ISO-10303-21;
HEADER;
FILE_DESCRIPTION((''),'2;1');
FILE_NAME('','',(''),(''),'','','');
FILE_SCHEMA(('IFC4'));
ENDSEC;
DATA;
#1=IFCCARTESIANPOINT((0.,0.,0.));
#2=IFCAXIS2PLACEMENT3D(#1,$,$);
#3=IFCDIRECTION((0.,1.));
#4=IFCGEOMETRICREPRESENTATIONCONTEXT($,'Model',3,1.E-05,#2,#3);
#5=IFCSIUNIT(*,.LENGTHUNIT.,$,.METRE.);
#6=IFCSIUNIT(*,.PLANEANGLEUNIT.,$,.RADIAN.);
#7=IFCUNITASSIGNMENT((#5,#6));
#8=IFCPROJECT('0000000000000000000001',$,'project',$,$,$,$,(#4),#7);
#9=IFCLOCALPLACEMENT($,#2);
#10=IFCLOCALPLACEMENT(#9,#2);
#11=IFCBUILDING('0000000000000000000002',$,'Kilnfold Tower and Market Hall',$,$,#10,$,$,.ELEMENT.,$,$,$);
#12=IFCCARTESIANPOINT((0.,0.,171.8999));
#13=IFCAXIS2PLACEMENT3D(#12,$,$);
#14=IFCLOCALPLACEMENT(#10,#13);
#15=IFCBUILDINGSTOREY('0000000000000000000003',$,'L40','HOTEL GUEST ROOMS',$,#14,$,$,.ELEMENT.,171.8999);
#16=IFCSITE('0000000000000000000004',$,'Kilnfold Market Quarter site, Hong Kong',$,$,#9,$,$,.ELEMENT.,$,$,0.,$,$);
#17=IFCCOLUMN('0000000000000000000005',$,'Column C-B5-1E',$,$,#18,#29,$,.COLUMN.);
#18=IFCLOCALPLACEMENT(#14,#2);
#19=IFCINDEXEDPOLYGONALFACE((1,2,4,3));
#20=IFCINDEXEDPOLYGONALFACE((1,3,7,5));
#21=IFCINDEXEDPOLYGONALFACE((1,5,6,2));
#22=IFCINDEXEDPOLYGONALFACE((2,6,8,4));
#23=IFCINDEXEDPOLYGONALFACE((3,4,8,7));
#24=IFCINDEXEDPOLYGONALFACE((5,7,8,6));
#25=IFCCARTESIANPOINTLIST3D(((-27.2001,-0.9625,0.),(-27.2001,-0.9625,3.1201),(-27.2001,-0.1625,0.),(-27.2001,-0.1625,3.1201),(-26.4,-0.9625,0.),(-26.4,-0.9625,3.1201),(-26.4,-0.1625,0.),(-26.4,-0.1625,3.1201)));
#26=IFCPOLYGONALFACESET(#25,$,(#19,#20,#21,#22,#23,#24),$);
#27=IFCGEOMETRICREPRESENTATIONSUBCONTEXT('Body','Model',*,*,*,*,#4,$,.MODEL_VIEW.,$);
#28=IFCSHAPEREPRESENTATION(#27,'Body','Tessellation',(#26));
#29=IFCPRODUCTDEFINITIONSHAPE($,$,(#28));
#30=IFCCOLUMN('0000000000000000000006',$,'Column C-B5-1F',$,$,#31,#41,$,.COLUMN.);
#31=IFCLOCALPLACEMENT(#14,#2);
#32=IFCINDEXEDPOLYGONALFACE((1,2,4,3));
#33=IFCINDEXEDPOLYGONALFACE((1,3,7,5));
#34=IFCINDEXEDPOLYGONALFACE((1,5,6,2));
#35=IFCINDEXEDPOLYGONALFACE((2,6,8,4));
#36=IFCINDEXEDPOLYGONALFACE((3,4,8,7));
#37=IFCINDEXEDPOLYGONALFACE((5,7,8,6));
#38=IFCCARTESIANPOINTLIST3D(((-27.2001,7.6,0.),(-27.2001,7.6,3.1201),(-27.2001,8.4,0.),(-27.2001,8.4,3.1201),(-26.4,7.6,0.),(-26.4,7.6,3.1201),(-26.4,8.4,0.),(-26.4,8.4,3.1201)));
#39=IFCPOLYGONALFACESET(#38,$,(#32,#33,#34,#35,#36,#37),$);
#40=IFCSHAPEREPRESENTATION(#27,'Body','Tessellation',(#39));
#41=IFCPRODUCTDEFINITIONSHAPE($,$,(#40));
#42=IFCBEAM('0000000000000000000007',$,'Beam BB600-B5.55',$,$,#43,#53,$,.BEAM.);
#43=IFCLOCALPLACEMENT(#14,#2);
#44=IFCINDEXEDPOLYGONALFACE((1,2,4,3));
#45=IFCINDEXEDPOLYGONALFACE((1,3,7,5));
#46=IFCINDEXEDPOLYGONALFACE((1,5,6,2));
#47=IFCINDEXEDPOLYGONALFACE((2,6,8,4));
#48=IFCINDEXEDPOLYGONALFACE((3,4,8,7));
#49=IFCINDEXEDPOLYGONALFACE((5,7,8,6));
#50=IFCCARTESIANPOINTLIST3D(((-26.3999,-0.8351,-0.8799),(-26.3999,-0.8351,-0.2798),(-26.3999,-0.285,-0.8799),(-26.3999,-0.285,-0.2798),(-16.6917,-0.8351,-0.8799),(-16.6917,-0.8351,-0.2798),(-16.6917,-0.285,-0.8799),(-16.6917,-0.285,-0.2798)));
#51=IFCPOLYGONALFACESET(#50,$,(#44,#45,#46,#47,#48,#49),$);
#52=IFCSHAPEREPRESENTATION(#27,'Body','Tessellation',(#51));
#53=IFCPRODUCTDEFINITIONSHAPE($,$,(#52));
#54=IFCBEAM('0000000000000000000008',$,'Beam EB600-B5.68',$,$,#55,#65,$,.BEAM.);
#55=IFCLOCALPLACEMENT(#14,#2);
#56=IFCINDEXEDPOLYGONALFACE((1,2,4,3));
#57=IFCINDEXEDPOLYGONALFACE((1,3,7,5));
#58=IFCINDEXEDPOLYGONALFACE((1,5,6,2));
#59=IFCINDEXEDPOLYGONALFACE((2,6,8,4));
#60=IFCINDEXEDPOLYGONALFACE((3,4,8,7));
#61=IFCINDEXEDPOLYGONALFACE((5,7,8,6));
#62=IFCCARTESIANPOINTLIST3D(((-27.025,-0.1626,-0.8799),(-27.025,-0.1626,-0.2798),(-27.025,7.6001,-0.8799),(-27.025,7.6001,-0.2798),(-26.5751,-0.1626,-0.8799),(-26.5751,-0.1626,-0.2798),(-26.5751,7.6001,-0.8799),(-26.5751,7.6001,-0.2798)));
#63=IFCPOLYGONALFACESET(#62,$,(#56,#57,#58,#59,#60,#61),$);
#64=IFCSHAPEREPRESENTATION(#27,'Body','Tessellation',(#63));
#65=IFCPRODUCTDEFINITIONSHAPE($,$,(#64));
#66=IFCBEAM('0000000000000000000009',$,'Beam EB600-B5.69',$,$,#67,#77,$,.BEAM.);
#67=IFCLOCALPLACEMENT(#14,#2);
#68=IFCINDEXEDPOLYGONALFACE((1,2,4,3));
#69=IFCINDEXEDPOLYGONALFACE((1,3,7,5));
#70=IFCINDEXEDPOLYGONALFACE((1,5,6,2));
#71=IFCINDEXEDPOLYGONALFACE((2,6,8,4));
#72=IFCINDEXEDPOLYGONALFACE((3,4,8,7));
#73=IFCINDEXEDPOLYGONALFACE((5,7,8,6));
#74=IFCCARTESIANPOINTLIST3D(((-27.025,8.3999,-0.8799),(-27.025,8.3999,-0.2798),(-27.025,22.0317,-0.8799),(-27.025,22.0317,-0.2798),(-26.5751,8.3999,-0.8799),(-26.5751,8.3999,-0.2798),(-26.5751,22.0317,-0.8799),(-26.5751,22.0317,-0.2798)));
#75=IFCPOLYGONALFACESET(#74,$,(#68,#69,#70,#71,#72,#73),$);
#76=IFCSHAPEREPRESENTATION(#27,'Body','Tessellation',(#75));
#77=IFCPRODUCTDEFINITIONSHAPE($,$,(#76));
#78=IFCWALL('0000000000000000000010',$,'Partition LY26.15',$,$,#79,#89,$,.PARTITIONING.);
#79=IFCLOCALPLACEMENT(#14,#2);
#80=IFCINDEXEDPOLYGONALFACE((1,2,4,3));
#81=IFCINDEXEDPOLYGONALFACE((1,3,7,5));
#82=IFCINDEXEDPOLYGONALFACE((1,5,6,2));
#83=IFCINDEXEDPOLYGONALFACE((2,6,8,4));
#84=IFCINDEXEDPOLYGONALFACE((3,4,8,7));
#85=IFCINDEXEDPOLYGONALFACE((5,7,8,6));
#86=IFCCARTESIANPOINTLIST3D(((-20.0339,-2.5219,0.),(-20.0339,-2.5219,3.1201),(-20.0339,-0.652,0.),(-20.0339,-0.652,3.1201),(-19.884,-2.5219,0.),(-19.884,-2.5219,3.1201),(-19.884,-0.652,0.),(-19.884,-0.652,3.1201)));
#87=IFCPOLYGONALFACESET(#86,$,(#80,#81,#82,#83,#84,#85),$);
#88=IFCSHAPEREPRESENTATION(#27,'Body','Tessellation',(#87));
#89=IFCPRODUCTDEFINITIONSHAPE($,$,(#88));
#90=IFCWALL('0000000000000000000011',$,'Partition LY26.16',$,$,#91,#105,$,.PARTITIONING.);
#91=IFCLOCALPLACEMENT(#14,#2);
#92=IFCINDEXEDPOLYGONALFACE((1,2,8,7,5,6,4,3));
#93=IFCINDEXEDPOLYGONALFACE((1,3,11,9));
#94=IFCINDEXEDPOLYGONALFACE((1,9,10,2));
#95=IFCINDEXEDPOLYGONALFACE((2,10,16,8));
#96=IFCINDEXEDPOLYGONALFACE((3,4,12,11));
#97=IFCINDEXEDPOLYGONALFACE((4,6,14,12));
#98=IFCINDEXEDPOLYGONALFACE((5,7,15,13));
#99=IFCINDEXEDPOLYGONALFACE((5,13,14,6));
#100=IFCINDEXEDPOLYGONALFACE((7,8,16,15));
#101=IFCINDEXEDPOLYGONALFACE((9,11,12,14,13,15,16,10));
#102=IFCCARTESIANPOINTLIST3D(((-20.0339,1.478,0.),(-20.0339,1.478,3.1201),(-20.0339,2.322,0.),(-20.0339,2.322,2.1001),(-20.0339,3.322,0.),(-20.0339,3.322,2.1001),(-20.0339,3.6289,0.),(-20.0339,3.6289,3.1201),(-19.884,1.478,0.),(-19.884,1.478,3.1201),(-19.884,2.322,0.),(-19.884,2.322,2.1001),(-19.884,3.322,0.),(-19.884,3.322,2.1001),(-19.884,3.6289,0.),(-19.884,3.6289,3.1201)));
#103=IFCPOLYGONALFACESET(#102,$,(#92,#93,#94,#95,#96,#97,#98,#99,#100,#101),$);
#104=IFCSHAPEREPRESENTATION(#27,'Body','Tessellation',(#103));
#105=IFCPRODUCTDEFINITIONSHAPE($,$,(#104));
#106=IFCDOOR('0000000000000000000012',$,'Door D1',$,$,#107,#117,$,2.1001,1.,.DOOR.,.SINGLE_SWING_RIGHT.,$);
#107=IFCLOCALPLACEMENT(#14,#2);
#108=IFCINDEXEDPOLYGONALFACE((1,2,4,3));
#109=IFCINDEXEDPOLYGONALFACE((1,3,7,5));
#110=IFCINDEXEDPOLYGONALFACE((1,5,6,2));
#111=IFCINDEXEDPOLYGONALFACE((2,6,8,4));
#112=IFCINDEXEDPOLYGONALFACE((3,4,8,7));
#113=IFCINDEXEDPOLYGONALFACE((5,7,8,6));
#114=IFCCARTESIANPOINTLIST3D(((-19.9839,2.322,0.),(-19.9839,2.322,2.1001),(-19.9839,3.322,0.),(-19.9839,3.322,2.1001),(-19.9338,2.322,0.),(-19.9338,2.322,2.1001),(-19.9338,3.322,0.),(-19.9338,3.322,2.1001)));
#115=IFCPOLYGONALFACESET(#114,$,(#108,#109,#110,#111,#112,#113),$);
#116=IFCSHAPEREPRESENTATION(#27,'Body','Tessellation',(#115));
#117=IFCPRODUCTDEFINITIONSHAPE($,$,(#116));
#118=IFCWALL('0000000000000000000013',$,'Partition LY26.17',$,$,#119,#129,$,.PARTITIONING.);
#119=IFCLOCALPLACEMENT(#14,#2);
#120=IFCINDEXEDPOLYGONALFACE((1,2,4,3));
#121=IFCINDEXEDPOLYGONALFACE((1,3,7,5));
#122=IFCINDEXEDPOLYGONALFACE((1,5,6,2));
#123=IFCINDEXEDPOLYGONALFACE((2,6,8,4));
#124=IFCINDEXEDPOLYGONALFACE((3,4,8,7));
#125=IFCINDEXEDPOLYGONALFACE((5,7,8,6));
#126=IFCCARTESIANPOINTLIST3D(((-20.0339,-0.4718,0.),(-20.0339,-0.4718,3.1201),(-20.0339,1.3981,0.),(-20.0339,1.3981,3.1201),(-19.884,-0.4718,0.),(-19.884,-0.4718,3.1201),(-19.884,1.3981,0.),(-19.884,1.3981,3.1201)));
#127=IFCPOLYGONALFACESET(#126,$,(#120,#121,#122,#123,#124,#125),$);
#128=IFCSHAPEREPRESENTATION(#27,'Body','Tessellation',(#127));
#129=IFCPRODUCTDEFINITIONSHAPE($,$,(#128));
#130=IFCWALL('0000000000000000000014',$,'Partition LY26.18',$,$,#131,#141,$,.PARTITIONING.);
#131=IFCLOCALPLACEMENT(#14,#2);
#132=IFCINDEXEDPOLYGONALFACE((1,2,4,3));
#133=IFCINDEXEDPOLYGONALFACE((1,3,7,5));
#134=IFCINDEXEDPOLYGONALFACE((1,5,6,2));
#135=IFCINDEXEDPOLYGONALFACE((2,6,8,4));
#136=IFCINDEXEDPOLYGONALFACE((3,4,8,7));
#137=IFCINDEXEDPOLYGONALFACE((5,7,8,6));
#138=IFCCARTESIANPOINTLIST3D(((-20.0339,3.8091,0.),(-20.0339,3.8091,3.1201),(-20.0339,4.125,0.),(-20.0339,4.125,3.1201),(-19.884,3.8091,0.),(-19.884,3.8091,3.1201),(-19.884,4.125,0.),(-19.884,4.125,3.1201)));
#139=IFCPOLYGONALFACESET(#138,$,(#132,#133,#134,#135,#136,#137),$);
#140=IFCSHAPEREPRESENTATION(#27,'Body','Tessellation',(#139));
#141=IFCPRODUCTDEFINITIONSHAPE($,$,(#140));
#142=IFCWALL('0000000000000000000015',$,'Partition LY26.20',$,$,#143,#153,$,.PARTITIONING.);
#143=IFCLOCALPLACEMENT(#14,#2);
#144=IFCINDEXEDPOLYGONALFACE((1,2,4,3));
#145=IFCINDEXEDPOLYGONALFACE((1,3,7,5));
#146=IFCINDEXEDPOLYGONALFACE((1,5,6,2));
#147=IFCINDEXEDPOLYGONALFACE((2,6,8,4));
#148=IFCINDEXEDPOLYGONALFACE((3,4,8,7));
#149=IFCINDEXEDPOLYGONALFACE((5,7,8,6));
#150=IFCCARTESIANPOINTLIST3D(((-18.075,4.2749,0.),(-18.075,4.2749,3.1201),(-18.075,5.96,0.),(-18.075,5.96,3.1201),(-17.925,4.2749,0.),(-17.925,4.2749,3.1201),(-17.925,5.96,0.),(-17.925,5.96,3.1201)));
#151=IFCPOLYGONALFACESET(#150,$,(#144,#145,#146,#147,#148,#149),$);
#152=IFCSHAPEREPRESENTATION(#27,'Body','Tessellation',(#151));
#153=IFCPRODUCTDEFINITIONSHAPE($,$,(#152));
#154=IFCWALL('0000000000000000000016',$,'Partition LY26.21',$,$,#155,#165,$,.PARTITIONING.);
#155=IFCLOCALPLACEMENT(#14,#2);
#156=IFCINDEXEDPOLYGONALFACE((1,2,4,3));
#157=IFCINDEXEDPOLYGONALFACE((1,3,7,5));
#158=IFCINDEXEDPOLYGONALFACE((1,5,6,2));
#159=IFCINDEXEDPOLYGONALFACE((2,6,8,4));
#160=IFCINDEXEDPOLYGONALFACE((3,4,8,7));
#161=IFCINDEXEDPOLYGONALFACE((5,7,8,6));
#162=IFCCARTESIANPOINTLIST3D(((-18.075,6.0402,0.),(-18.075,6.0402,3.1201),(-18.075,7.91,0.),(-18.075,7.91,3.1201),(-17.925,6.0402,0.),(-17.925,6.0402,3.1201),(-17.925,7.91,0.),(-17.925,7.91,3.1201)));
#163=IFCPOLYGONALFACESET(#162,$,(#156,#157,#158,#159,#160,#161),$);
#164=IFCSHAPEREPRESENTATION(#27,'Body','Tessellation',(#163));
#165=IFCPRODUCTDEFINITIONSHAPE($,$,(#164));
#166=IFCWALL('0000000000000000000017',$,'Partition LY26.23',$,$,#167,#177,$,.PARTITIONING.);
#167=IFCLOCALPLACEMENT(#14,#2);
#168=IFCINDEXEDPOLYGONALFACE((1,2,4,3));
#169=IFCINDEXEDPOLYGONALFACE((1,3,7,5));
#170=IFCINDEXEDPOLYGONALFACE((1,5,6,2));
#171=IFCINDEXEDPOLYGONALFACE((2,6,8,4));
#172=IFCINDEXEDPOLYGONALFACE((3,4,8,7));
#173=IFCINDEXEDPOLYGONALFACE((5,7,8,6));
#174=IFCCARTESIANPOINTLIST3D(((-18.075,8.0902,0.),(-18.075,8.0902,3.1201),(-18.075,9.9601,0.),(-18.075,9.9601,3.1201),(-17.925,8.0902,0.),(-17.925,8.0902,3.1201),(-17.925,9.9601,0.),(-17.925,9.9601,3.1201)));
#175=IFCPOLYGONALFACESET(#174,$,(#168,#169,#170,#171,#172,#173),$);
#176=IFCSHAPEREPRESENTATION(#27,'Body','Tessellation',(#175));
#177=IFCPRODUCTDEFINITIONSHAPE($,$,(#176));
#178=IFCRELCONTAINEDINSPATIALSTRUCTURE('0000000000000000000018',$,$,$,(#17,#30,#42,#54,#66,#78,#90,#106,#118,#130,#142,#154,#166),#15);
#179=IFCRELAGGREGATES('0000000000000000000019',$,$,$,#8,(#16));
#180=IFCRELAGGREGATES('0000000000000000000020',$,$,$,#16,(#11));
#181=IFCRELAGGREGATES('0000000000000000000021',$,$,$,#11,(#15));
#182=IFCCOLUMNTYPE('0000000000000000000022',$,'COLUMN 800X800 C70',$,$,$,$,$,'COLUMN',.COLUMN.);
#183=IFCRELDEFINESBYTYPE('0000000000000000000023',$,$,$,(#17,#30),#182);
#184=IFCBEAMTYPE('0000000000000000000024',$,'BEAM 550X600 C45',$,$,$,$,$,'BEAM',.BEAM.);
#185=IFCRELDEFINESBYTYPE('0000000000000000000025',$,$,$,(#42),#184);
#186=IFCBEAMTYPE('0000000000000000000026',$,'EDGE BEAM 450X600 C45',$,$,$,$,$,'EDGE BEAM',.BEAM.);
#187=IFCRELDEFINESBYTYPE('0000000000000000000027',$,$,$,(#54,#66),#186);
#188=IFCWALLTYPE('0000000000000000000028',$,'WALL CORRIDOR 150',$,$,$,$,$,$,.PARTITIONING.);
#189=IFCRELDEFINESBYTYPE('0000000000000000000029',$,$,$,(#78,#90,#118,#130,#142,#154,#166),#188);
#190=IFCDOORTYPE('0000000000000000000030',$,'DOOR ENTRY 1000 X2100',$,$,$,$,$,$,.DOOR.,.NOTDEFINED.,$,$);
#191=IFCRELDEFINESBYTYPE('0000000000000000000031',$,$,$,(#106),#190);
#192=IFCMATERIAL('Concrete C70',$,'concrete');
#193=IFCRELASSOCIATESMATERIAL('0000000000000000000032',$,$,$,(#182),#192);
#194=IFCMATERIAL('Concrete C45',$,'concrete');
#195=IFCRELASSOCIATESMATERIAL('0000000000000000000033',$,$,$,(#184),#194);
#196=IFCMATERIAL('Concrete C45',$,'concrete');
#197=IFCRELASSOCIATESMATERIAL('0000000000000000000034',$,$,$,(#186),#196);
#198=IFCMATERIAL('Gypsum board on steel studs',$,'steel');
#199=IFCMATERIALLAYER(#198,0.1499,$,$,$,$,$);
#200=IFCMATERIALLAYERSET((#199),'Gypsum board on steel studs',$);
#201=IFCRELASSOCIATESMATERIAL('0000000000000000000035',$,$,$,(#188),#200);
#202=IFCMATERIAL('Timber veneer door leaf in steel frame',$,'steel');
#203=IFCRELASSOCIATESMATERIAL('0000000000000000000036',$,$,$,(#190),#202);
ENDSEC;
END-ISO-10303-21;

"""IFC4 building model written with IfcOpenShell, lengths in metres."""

from ifc_helpers import new_model, si_unit, direction, frame, frame_2d, origin, origin_2d, place, context, subcontext, project, spatial, rectangle, extrude, source, transform, mapped, material, layer, layer_set, material_profile, profile_set, type_object, element, fill, save


model = new_model("IFC4")

# Units and contexts
model_context = context("Model", 3, precision=1e-05, world=origin(), true_north=direction((0.0, 1.0)))
body_context = subcontext(model_context, "Body", "Model", "MODEL_VIEW")
ifc_project = project(units=[si_unit("LENGTHUNIT", "METRE"), si_unit("PLANEANGLEUNIT", "RADIAN")], contexts=[model_context])

# Site, building, storey
site_placement = place(None, origin())
site = spatial("IfcSite", under=ifc_project, at=site_placement, Name="Kilnfold Market Quarter site, Hong Kong", CompositionType="ELEMENT", RefElevation=0.0)
building_placement = place(site_placement, origin())
building = spatial("IfcBuilding", under=site, at=building_placement, Name="Kilnfold Tower and Market Hall", CompositionType="ELEMENT")
storey_placement = place(building_placement, frame((0.0, 0.0, 171.8999)))
storey = spatial("IfcBuildingStorey", under=building, at=storey_placement, Name="L40", Description="HOTEL GUEST ROOMS", CompositionType="ELEMENT", Elevation=171.8999)

# Columns
ifc_material_1 = material(Name="Concrete C70", Category="concrete")
ifc_material_profile_1 = material_profile(ifc_material_1, rectangle(XDim=0.8, YDim=0.8, at=origin_2d()), Name="RC 800x800")
ifc_profile_set_1 = profile_set([ifc_material_profile_1], Name="Concrete C70")
column_type = type_object("IfcColumnType", Name="COLUMN 800X800 C70", ElementType="COLUMN", PredefinedType="COLUMN", material=ifc_profile_set_1)
shared_shape_1 = source(origin(), body_context, "Body", "SweptSolid", [
    extrude(rectangle(XDim=0.8, YDim=0.8, at=origin_2d()), origin(), (0.0, 0.0, 1.0), 3.1201),
])
for number, where, z_axis, x_axis, name in (
    (1, (-26.8, -0.5625, 0.0), (0.0, 0.0, 1.0), (1.0, 0.0, 0.0), "Column C-B5-1E"),
    (2, (-26.8, 8.0, 0.0), (0.0, 0.0, 1.0), (1.0, 0.0, 0.0), "Column C-B5-1F"),
):
    element("IfcColumn", number, at=place(storey_placement, frame(where, z_axis=z_axis, x_axis=x_axis)), inside=storey, type_object=column_type, Name=name, PredefinedType="COLUMN", context=body_context, shape_type="MappedRepresentation", body=[
        mapped(shared_shape_1, transform((0.0, 0.0, 0.0))),
    ])

# Beams
ifc_material_2 = material(Name="Concrete C45", Category="concrete")
ifc_material_profile_2 = material_profile(ifc_material_2, rectangle(XDim=0.55, YDim=0.6001, at=origin_2d()), Name="RC 550x600")
ifc_profile_set_2 = profile_set([ifc_material_profile_2], Name="Concrete C45")
beam_type_1 = type_object("IfcBeamType", Name="BEAM 550X600 C45", ElementType="BEAM", PredefinedType="BEAM", material=ifc_profile_set_2)
shared_shape_2 = source(origin(), body_context, "Body", "SweptSolid", [
    extrude(rectangle(XDim=0.55, YDim=0.6001, at=origin_2d()), origin(), (0.0, 0.0, 1.0), 9.7083),
])
beam_1_placement = place(storey_placement, frame((-26.3999, -0.5601, -0.5798), z_axis=(1.0, 0.0, 0.0), x_axis=(0.0, 1.0, 0.0)))
element("IfcBeam", 3, at=beam_1_placement, inside=storey, type_object=beam_type_1, Name="Beam BB600-B5.55", PredefinedType="BEAM", context=body_context, shape_type="MappedRepresentation", body=[
    mapped(shared_shape_2, transform((0.0, 0.0, 0.0))),
])
ifc_material_3 = material(Name="Concrete C45", Category="concrete")
ifc_material_profile_3 = material_profile(ifc_material_3, rectangle(XDim=0.45, YDim=0.6001, at=origin_2d()), Name="RC 450x600")
ifc_profile_set_3 = profile_set([ifc_material_profile_3], Name="Concrete C45")
beam_type_2 = type_object("IfcBeamType", Name="EDGE BEAM 450X600 C45", ElementType="EDGE BEAM", PredefinedType="BEAM", material=ifc_profile_set_3)
shared_shape_3 = source(origin(), body_context, "Body", "SweptSolid", [
    extrude(rectangle(XDim=0.45, YDim=0.6001, at=origin_2d()), origin(), (0.0, 0.0, 1.0), 7.7627),
])
beam_2_placement = place(storey_placement, frame((-26.8, -0.1626, -0.5798), z_axis=(0.0, 1.0, 0.0), x_axis=(-1.0, 0.0, 0.0)))
element("IfcBeam", 4, at=beam_2_placement, inside=storey, type_object=beam_type_2, Name="Beam EB600-B5.68", PredefinedType="BEAM", context=body_context, shape_type="MappedRepresentation", body=[
    mapped(shared_shape_3, transform((0.0, 0.0, 0.0))),
])
shared_shape_4 = source(origin(), body_context, "Body", "SweptSolid", [
    extrude(rectangle(XDim=0.45, YDim=0.6001, at=origin_2d()), origin(), (0.0, 0.0, 1.0), 13.6318),
])
beam_3_placement = place(storey_placement, frame((-26.8, 8.3999, -0.5798), z_axis=(0.0, 1.0, 0.0), x_axis=(-1.0, 0.0, 0.0)))
element("IfcBeam", 5, at=beam_3_placement, inside=storey, type_object=beam_type_2, Name="Beam EB600-B5.69", PredefinedType="BEAM", context=body_context, shape_type="MappedRepresentation", body=[
    mapped(shared_shape_4, transform((0.0, 0.0, 0.0))),
])

# Wall
ifc_material_4 = material(Name="Gypsum board on steel studs", Category="steel")
ifc_layer_1 = layer(ifc_material_4, 0.1499)
ifc_layer_set_1 = layer_set([ifc_layer_1], Name="Gypsum board on steel studs")
wall_type_1 = type_object("IfcWallType", Name="WALL CORRIDOR 150", PredefinedType="PARTITIONING", material=ifc_layer_set_1)
wall_1_placement = place(storey_placement, frame((-19.959, -2.522, 0.0), z_axis=(0.0, 0.0, 1.0), x_axis=(0.0, 1.0, 0.0)))
element("IfcWall", 6, at=wall_1_placement, inside=storey, type_object=wall_type_1, Name="Partition LY26.15", PredefinedType="PARTITIONING", context=body_context, shape_type="SweptSolid", body=[
    extrude(rectangle(XDim=1.8699, YDim=0.1499, at=frame_2d((0.9351, 0.0))), origin(), (0.0, 0.0, 1.0), 3.1201),
])

# Wall, opening, door
wall_2_placement = place(storey_placement, frame((-19.959, 1.478, 0.0), z_axis=(0.0, 0.0, 1.0), x_axis=(0.0, 1.0, 0.0)))
wall_2 = element("IfcWall", 7, at=wall_2_placement, inside=storey, type_object=wall_type_1, Name="Partition LY26.16", PredefinedType="PARTITIONING", context=body_context, shape_type="SweptSolid", body=[
    extrude(rectangle(XDim=2.1509, YDim=0.1499, at=frame_2d((1.0754, 0.0))), origin(), (0.0, 0.0, 1.0), 3.1201),
])
opening_1_placement = place(wall_2_placement, frame((0.844, 0.0, 0.0)))
opening_1 = element("IfcOpeningElement", 8, at=opening_1_placement, cuts=wall_2, PredefinedType="OPENING", context=body_context, shape_type="SweptSolid", body=[
    extrude(rectangle(XDim=1.0, YDim=2.1001, at=frame_2d((0.5, 1.05))), frame((0.0, 0.085, 0.0), z_axis=(0.0, -1.0, 0.0), x_axis=(1.0, 0.0, 0.0)), (0.0, 0.0, 1.0), 0.1699),
])
ifc_material_5 = material(Name="Timber veneer door leaf in steel frame", Category="steel")
door_type_1 = type_object("IfcDoorType", Name="DOOR ENTRY 1000 X2100", OperationType="NOTDEFINED", PredefinedType="DOOR", material=ifc_material_5)
door_1_placement = place(opening_1_placement, origin())
door_1 = element("IfcDoor", 9, at=door_1_placement, inside=storey, type_object=door_type_1, Name="Door D1", OperationType="SINGLE_SWING_RIGHT", OverallHeight=2.1001, OverallWidth=1.0, PredefinedType="DOOR", context=body_context, shape_type="SweptSolid", body=[
    extrude(rectangle(XDim=1.0, YDim=2.1001, at=frame_2d((0.5, 1.05))), frame((0.0, 0.0249, 0.0), z_axis=(0.0, -1.0, 0.0), x_axis=(1.0, 0.0, 0.0)), (0.0, 0.0, 1.0), 0.05),
])
fill(opening_1, door_1)

# Walls
wall_3_placement = place(storey_placement, frame((-19.959, -0.4719, 0.0), z_axis=(0.0, 0.0, 1.0), x_axis=(0.0, 1.0, 0.0)))
element("IfcWall", 10, at=wall_3_placement, inside=storey, type_object=wall_type_1, Name="Partition LY26.17", PredefinedType="PARTITIONING", context=body_context, shape_type="SweptSolid", body=[
    extrude(rectangle(XDim=1.8699, YDim=0.1499, at=frame_2d((0.9351, 0.0))), origin(), (0.0, 0.0, 1.0), 3.1201),
])
wall_4_placement = place(storey_placement, frame((-19.959, 3.8091, 0.0), z_axis=(0.0, 0.0, 1.0), x_axis=(0.0, 1.0, 0.0)))
element("IfcWall", 11, at=wall_4_placement, inside=storey, type_object=wall_type_1, Name="Partition LY26.18", PredefinedType="PARTITIONING", context=body_context, shape_type="SweptSolid", body=[
    extrude(rectangle(XDim=0.3159, YDim=0.1499, at=frame_2d((0.158, 0.0))), origin(), (0.0, 0.0, 1.0), 3.1201),
])
wall_5_placement = place(storey_placement, frame((-18.0, 4.2749, 0.0), z_axis=(0.0, 0.0, 1.0), x_axis=(0.0, 1.0, 0.0)))
element("IfcWall", 12, at=wall_5_placement, inside=storey, type_object=wall_type_1, Name="Partition LY26.20", PredefinedType="PARTITIONING", context=body_context, shape_type="SweptSolid", body=[
    extrude(rectangle(XDim=1.6851, YDim=0.1499, at=frame_2d((0.8425, 0.0))), origin(), (0.0, 0.0, 1.0), 3.1201),
])
for number, where, z_axis, x_axis, name in (
    (13, (-18.0, 6.04, 0.0), (0.0, 0.0, 1.0), (0.0, 1.0, 0.0), "Partition LY26.21"),
    (14, (-18.0, 8.0901, 0.0), (0.0, 0.0, 1.0), (0.0, 1.0, 0.0), "Partition LY26.23"),
):
    element("IfcWall", number, at=place(storey_placement, frame(where, z_axis=z_axis, x_axis=x_axis)), inside=storey, type_object=wall_type_1, Name=name, PredefinedType="PARTITIONING", context=body_context, shape_type="SweptSolid", body=[
        extrude(rectangle(XDim=1.8699, YDim=0.1499, at=frame_2d((0.9351, 0.0))), origin(), (0.0, 0.0, 1.0), 3.1201),
    ])

save(model, "model.ifc")
